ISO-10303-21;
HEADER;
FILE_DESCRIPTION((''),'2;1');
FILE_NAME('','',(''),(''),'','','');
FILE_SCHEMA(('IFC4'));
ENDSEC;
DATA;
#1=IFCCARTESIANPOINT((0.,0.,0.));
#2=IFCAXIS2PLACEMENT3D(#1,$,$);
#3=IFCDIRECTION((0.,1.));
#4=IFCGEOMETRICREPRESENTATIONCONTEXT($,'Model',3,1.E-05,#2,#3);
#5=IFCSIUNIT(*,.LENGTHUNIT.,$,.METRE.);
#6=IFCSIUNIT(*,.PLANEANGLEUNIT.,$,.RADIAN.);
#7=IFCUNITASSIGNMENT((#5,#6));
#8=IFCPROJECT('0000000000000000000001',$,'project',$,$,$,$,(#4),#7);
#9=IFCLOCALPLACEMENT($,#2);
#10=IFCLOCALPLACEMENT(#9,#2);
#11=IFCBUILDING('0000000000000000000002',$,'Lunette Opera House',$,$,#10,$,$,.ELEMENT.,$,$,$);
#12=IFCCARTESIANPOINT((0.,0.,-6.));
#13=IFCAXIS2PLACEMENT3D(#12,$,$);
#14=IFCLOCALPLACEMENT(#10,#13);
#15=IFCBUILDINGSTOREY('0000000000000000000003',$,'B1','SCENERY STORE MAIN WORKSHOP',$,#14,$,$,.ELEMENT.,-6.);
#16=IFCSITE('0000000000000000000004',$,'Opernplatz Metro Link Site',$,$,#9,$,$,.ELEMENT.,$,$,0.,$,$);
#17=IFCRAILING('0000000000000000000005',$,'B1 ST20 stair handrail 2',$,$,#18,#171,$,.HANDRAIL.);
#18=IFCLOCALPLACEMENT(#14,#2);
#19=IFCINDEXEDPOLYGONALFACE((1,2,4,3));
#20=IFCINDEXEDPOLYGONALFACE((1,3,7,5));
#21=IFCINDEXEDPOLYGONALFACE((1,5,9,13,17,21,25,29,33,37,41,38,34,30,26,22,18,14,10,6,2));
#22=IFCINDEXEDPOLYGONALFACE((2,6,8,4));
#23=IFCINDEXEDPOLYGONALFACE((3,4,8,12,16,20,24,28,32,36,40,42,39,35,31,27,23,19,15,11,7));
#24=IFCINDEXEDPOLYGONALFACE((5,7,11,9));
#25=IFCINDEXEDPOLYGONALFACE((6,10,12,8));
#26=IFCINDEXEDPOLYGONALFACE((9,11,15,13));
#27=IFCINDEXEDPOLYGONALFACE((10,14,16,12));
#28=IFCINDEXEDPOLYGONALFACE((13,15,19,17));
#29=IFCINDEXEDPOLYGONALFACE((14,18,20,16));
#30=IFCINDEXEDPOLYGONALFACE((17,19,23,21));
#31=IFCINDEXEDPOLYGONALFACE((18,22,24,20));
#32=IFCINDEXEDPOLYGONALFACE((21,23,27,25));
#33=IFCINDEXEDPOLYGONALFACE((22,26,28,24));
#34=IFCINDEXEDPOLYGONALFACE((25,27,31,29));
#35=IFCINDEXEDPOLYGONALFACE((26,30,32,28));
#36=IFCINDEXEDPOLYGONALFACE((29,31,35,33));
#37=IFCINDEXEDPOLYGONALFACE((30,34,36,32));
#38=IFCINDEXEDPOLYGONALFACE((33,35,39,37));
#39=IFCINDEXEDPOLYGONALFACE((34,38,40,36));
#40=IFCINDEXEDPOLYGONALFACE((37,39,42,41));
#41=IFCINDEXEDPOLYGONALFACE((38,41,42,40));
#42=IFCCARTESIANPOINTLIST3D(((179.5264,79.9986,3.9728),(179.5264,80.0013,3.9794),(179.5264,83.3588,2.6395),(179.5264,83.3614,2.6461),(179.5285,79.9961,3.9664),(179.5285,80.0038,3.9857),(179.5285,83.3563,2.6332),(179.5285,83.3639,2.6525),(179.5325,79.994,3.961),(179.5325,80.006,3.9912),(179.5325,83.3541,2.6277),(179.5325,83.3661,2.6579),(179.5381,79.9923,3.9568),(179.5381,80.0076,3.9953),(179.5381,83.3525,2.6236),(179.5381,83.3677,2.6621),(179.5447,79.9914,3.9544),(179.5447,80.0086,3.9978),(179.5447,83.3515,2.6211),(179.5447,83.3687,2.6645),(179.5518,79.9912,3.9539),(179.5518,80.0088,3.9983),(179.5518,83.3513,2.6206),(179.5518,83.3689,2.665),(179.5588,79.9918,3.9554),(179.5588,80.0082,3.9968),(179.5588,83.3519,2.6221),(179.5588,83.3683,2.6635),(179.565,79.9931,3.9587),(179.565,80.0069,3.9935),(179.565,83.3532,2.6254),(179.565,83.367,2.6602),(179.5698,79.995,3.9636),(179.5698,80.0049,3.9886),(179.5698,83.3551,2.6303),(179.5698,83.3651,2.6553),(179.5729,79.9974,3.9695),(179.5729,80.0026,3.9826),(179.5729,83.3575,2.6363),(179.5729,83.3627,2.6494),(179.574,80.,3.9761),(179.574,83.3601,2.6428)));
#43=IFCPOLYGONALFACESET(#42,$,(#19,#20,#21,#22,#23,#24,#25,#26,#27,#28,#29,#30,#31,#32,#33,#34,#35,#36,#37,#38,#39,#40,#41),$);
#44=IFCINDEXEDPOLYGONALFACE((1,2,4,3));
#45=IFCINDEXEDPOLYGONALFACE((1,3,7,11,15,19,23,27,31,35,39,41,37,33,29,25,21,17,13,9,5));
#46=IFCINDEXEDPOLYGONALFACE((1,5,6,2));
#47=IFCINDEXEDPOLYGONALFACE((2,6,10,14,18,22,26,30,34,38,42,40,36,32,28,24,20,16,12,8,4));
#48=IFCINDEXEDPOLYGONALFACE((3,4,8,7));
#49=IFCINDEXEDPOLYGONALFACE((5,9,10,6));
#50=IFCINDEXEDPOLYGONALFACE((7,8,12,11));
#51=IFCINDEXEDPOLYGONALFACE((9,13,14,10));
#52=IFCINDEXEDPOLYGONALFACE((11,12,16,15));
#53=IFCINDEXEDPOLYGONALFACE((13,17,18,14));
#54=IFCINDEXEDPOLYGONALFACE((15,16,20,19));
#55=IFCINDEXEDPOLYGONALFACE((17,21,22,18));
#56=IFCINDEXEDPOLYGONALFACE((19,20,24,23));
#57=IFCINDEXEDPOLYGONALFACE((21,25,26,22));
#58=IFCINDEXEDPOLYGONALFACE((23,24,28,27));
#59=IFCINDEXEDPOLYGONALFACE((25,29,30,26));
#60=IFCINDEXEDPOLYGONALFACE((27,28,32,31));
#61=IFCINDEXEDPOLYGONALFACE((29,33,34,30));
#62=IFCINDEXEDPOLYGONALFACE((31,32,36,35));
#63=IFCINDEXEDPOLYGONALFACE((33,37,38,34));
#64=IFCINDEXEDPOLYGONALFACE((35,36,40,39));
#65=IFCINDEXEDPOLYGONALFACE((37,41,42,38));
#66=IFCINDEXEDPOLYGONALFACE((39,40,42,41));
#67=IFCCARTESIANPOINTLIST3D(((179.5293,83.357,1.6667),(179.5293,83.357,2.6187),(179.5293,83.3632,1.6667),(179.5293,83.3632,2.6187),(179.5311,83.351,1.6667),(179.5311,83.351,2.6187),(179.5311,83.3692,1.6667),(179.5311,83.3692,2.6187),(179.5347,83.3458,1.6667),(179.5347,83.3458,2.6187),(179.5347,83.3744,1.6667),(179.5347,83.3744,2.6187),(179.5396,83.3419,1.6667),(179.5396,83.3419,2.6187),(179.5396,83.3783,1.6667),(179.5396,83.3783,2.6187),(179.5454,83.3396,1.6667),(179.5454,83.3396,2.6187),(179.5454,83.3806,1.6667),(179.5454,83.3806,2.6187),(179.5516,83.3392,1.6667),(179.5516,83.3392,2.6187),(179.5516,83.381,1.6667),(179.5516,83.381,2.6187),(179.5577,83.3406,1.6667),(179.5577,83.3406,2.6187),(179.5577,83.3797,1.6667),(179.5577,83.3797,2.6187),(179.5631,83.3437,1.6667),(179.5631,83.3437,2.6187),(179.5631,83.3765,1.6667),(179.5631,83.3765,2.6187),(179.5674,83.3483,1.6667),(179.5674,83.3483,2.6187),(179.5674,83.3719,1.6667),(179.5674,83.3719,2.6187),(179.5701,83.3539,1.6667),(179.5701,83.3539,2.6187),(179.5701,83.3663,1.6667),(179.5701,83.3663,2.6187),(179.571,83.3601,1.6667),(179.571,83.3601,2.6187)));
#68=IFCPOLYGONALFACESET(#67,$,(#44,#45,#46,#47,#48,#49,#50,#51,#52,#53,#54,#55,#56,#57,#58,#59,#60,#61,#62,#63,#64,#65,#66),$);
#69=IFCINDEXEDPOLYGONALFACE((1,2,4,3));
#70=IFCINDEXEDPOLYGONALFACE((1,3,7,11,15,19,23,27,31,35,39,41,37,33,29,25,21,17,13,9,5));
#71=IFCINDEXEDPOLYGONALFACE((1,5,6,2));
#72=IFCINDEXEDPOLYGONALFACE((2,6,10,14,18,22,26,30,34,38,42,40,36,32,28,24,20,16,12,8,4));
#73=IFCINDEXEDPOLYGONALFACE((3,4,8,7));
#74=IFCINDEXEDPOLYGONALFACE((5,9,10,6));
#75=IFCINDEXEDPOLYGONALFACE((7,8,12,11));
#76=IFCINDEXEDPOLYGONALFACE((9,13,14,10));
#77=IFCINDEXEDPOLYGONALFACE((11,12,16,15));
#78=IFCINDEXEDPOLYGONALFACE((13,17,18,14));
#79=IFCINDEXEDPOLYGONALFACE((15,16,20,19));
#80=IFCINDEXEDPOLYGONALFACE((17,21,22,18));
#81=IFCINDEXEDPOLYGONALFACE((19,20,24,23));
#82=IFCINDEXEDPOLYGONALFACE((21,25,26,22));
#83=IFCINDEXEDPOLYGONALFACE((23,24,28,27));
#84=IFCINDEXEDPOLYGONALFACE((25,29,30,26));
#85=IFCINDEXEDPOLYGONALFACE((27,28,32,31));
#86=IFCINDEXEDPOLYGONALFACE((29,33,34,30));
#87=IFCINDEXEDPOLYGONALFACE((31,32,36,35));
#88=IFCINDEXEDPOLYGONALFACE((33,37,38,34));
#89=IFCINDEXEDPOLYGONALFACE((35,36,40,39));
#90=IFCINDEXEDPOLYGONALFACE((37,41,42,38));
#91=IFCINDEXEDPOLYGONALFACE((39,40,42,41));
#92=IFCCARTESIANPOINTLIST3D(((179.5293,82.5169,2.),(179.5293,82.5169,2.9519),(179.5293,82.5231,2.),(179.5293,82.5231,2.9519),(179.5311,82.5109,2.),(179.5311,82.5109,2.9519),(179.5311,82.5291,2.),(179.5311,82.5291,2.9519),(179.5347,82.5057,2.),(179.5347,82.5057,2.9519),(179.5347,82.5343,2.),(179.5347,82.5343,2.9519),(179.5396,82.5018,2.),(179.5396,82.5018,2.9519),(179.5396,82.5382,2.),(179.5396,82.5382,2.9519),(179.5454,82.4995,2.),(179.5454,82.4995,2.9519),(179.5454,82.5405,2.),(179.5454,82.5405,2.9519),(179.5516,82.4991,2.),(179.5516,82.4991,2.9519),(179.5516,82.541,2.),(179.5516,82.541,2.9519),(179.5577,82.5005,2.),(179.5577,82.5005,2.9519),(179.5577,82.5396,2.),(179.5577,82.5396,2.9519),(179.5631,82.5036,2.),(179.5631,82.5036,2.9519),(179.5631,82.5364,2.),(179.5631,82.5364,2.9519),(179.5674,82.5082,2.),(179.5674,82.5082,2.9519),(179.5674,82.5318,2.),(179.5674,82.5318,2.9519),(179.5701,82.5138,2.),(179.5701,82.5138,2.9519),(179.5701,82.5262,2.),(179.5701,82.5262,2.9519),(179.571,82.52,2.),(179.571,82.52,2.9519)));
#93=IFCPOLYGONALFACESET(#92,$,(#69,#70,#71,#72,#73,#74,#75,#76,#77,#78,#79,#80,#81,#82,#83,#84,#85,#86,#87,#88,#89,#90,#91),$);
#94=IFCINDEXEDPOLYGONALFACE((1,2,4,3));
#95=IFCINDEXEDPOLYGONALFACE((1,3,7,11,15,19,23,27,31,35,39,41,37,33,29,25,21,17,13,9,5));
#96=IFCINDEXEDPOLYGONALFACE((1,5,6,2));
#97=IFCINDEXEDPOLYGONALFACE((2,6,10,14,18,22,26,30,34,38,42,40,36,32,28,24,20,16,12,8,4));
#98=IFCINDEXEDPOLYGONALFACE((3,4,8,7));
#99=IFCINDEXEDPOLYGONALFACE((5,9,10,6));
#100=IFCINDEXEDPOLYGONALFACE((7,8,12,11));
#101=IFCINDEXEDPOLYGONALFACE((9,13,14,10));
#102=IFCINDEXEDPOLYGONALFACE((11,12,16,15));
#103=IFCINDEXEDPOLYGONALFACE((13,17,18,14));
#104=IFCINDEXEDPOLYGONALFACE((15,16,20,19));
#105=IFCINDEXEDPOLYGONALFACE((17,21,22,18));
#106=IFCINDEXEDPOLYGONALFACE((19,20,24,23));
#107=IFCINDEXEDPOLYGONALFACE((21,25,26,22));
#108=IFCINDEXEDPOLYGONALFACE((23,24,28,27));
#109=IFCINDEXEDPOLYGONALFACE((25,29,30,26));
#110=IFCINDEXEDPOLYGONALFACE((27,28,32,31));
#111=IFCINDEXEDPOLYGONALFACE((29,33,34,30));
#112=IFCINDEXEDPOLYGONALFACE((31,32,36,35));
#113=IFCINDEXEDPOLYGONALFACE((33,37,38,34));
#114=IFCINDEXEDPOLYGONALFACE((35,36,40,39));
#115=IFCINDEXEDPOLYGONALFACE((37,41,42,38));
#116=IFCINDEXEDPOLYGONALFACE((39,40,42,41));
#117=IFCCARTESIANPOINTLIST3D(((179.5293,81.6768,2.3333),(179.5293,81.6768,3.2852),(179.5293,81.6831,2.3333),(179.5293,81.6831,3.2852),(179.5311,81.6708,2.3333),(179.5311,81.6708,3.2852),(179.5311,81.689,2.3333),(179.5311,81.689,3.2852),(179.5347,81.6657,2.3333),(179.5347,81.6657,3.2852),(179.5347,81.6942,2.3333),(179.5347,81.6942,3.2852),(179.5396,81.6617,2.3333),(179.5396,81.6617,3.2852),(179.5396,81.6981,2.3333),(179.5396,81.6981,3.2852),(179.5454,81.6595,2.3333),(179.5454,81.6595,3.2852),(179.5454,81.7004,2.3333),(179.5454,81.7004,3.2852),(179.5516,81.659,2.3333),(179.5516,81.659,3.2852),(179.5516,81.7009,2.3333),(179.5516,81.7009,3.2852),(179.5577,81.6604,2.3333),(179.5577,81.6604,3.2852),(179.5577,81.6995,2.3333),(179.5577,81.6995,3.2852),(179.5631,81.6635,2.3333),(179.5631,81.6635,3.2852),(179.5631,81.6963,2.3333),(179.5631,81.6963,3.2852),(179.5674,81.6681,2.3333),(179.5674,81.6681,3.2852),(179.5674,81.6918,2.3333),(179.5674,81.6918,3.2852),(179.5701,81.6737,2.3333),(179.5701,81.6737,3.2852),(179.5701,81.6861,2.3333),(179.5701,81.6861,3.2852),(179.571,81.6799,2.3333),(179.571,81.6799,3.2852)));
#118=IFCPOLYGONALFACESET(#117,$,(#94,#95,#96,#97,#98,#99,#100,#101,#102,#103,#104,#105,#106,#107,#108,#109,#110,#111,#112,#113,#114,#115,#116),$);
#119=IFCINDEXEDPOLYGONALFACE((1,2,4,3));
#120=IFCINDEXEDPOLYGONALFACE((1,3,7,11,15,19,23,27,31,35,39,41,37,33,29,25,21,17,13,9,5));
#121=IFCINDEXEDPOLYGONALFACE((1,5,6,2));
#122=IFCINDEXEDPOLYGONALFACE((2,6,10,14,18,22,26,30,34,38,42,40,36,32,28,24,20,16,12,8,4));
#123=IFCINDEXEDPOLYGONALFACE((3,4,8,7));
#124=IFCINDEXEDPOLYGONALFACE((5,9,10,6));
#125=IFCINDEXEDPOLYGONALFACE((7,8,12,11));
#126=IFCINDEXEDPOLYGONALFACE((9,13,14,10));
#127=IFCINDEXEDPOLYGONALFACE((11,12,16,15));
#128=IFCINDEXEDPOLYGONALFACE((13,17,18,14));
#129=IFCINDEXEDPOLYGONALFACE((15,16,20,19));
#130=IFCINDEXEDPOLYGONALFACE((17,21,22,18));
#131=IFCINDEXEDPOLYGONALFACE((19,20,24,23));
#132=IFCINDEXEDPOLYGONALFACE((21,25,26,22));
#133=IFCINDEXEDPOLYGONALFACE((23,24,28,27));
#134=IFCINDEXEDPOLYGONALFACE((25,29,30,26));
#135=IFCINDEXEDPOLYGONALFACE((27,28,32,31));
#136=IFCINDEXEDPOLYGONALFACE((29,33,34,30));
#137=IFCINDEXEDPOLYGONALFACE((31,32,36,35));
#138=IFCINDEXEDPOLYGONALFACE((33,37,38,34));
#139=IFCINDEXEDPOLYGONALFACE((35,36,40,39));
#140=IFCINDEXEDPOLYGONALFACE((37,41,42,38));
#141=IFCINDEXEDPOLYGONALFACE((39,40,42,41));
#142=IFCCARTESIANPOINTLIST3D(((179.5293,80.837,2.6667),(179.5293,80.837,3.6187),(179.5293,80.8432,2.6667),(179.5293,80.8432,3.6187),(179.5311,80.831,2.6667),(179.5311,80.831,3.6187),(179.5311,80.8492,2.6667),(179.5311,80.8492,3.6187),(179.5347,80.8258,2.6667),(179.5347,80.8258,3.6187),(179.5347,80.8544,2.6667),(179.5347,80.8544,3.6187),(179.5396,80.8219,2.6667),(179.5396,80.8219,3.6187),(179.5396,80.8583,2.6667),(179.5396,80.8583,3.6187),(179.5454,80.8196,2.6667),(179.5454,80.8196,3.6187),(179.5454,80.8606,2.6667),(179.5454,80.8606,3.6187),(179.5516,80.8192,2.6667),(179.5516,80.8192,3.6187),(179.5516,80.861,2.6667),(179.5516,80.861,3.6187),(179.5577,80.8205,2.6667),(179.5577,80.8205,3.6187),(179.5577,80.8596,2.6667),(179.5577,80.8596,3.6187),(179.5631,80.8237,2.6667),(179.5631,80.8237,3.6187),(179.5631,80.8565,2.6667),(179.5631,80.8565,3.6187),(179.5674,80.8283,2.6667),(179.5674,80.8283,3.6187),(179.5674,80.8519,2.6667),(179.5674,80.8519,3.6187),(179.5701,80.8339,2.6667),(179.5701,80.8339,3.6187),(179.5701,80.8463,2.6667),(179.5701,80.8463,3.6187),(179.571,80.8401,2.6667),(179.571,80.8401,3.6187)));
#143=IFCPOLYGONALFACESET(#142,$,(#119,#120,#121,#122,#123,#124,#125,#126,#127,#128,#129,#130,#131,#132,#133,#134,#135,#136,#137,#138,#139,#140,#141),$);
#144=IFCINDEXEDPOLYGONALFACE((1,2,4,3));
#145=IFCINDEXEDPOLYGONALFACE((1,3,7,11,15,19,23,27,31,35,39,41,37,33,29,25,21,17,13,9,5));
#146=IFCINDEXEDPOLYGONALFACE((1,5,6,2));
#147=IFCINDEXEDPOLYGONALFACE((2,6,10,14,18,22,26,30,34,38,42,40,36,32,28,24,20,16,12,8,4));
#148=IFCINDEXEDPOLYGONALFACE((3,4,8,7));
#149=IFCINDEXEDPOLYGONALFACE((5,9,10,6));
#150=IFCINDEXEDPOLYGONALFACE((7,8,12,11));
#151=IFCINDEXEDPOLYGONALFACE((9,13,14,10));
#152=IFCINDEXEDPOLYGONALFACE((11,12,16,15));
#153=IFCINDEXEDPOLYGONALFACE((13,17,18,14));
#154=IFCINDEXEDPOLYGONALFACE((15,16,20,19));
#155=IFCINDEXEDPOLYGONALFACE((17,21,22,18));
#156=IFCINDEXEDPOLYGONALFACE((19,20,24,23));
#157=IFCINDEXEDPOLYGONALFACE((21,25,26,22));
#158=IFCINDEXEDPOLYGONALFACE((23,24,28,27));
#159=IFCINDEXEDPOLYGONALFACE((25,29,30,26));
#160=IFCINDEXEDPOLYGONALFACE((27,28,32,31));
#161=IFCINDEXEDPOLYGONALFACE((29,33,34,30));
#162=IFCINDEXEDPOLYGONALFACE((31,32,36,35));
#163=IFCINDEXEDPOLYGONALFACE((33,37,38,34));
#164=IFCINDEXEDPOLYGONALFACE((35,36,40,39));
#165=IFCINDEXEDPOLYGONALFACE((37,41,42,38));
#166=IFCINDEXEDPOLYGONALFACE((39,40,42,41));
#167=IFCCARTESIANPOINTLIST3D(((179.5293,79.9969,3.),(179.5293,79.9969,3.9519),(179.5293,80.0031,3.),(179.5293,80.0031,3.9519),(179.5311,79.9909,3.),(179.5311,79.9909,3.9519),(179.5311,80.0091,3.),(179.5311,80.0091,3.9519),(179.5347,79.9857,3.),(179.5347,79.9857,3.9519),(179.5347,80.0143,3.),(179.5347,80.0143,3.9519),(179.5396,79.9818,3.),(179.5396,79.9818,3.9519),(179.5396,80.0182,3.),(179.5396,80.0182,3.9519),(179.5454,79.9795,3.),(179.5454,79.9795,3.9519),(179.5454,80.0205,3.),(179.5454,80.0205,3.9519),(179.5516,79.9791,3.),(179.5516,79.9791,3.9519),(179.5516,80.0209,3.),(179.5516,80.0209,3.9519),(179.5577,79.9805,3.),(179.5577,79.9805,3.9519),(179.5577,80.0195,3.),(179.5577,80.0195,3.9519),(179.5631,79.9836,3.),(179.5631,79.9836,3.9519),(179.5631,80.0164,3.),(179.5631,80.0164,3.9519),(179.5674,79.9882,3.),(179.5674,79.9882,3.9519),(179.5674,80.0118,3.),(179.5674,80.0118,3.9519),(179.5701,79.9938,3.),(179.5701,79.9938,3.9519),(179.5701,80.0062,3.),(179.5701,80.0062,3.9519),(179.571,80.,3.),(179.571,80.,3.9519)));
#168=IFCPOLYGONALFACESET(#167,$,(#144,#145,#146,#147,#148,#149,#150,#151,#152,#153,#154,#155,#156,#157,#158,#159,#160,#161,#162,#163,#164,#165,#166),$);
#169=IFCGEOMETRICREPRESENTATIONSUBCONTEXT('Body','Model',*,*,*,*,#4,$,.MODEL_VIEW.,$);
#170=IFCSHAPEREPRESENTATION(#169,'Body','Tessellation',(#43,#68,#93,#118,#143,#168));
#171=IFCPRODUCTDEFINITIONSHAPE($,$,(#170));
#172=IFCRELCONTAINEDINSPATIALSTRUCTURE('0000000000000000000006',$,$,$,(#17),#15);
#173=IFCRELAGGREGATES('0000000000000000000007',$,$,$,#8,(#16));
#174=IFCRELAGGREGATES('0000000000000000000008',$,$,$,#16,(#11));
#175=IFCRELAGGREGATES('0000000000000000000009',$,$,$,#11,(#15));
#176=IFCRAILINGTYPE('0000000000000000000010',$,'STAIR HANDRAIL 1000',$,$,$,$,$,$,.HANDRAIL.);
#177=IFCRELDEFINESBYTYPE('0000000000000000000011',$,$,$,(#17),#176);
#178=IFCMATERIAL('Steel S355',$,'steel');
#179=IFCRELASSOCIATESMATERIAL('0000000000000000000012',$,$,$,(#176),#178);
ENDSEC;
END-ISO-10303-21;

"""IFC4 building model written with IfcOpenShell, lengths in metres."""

from ifc_helpers import new_model, si_unit, direction, frame, origin, origin_2d, place, context, subcontext, project, spatial, circle, extrude, material, type_object, element, save


model = new_model("IFC4")

# Units and contexts
model_context = context("Model", 3, precision=1e-05, world=origin(), true_north=direction((0.0, 1.0)))
body_context = subcontext(model_context, "Body", "Model", "MODEL_VIEW")
ifc_project = project(units=[si_unit("LENGTHUNIT", "METRE"), si_unit("PLANEANGLEUNIT", "RADIAN")], contexts=[model_context])

# Site, building, storey
site_placement = place(None, origin())
site = spatial("IfcSite", under=ifc_project, at=site_placement, Name="Opernplatz Metro Link Site", CompositionType="ELEMENT", RefElevation=0.0)
building_placement = place(site_placement, origin())
building = spatial("IfcBuilding", under=site, at=building_placement, Name="Lunette Opera House", CompositionType="ELEMENT")
storey_placement = place(building_placement, frame((0.0, 0.0, -6.0)))
storey = spatial("IfcBuildingStorey", under=building, at=storey_placement, Name="B1", Description="SCENERY STORE MAIN WORKSHOP", CompositionType="ELEMENT", Elevation=-6.0)

# Railing
ifc_material_1 = material(Name="Steel S355", Category="steel")
railing_type = type_object("IfcRailingType", Name="STAIR HANDRAIL 1000", PredefinedType="HANDRAIL", material=ifc_material_1)
for number, where, name in (
    (1, (179.55, 83.3601, 1.6667), "B1 ST20 stair handrail 2"),
):
    element("IfcRailing", number, at=place(storey_placement, frame(where)), inside=storey, type_object=railing_type, Name=name, PredefinedType="HANDRAIL", context=body_context, shape_type="SweptSolid", body=[
        extrude(circle(Radius=0.0239, at=origin_2d()), frame((0.0, 0.0, 0.9761), z_axis=(0.0, -0.929502, 0.368816), x_axis=(1.0, 0.0, 0.0)), (0.0, 0.0, 1.0), 3.615),
        extrude(circle(Radius=0.021, at=origin_2d()), origin(), (0.0, 0.0, 1.0), 0.9519),
        extrude(circle(Radius=0.021, at=origin_2d()), frame((0.0, -0.8401, 0.3333)), (0.0, 0.0, 1.0), 0.9519),
        extrude(circle(Radius=0.021, at=origin_2d()), frame((0.0, -1.6802, 0.6665)), (0.0, 0.0, 1.0), 0.9519),
        extrude(circle(Radius=0.021, at=origin_2d()), frame((0.0, -2.52, 1.0)), (0.0, 0.0, 1.0), 0.9519),
        extrude(circle(Radius=0.021, at=origin_2d()), frame((0.0, -3.3601, 1.3333)), (0.0, 0.0, 1.0), 0.9519),
    ])

save(model, "model.ifc")
